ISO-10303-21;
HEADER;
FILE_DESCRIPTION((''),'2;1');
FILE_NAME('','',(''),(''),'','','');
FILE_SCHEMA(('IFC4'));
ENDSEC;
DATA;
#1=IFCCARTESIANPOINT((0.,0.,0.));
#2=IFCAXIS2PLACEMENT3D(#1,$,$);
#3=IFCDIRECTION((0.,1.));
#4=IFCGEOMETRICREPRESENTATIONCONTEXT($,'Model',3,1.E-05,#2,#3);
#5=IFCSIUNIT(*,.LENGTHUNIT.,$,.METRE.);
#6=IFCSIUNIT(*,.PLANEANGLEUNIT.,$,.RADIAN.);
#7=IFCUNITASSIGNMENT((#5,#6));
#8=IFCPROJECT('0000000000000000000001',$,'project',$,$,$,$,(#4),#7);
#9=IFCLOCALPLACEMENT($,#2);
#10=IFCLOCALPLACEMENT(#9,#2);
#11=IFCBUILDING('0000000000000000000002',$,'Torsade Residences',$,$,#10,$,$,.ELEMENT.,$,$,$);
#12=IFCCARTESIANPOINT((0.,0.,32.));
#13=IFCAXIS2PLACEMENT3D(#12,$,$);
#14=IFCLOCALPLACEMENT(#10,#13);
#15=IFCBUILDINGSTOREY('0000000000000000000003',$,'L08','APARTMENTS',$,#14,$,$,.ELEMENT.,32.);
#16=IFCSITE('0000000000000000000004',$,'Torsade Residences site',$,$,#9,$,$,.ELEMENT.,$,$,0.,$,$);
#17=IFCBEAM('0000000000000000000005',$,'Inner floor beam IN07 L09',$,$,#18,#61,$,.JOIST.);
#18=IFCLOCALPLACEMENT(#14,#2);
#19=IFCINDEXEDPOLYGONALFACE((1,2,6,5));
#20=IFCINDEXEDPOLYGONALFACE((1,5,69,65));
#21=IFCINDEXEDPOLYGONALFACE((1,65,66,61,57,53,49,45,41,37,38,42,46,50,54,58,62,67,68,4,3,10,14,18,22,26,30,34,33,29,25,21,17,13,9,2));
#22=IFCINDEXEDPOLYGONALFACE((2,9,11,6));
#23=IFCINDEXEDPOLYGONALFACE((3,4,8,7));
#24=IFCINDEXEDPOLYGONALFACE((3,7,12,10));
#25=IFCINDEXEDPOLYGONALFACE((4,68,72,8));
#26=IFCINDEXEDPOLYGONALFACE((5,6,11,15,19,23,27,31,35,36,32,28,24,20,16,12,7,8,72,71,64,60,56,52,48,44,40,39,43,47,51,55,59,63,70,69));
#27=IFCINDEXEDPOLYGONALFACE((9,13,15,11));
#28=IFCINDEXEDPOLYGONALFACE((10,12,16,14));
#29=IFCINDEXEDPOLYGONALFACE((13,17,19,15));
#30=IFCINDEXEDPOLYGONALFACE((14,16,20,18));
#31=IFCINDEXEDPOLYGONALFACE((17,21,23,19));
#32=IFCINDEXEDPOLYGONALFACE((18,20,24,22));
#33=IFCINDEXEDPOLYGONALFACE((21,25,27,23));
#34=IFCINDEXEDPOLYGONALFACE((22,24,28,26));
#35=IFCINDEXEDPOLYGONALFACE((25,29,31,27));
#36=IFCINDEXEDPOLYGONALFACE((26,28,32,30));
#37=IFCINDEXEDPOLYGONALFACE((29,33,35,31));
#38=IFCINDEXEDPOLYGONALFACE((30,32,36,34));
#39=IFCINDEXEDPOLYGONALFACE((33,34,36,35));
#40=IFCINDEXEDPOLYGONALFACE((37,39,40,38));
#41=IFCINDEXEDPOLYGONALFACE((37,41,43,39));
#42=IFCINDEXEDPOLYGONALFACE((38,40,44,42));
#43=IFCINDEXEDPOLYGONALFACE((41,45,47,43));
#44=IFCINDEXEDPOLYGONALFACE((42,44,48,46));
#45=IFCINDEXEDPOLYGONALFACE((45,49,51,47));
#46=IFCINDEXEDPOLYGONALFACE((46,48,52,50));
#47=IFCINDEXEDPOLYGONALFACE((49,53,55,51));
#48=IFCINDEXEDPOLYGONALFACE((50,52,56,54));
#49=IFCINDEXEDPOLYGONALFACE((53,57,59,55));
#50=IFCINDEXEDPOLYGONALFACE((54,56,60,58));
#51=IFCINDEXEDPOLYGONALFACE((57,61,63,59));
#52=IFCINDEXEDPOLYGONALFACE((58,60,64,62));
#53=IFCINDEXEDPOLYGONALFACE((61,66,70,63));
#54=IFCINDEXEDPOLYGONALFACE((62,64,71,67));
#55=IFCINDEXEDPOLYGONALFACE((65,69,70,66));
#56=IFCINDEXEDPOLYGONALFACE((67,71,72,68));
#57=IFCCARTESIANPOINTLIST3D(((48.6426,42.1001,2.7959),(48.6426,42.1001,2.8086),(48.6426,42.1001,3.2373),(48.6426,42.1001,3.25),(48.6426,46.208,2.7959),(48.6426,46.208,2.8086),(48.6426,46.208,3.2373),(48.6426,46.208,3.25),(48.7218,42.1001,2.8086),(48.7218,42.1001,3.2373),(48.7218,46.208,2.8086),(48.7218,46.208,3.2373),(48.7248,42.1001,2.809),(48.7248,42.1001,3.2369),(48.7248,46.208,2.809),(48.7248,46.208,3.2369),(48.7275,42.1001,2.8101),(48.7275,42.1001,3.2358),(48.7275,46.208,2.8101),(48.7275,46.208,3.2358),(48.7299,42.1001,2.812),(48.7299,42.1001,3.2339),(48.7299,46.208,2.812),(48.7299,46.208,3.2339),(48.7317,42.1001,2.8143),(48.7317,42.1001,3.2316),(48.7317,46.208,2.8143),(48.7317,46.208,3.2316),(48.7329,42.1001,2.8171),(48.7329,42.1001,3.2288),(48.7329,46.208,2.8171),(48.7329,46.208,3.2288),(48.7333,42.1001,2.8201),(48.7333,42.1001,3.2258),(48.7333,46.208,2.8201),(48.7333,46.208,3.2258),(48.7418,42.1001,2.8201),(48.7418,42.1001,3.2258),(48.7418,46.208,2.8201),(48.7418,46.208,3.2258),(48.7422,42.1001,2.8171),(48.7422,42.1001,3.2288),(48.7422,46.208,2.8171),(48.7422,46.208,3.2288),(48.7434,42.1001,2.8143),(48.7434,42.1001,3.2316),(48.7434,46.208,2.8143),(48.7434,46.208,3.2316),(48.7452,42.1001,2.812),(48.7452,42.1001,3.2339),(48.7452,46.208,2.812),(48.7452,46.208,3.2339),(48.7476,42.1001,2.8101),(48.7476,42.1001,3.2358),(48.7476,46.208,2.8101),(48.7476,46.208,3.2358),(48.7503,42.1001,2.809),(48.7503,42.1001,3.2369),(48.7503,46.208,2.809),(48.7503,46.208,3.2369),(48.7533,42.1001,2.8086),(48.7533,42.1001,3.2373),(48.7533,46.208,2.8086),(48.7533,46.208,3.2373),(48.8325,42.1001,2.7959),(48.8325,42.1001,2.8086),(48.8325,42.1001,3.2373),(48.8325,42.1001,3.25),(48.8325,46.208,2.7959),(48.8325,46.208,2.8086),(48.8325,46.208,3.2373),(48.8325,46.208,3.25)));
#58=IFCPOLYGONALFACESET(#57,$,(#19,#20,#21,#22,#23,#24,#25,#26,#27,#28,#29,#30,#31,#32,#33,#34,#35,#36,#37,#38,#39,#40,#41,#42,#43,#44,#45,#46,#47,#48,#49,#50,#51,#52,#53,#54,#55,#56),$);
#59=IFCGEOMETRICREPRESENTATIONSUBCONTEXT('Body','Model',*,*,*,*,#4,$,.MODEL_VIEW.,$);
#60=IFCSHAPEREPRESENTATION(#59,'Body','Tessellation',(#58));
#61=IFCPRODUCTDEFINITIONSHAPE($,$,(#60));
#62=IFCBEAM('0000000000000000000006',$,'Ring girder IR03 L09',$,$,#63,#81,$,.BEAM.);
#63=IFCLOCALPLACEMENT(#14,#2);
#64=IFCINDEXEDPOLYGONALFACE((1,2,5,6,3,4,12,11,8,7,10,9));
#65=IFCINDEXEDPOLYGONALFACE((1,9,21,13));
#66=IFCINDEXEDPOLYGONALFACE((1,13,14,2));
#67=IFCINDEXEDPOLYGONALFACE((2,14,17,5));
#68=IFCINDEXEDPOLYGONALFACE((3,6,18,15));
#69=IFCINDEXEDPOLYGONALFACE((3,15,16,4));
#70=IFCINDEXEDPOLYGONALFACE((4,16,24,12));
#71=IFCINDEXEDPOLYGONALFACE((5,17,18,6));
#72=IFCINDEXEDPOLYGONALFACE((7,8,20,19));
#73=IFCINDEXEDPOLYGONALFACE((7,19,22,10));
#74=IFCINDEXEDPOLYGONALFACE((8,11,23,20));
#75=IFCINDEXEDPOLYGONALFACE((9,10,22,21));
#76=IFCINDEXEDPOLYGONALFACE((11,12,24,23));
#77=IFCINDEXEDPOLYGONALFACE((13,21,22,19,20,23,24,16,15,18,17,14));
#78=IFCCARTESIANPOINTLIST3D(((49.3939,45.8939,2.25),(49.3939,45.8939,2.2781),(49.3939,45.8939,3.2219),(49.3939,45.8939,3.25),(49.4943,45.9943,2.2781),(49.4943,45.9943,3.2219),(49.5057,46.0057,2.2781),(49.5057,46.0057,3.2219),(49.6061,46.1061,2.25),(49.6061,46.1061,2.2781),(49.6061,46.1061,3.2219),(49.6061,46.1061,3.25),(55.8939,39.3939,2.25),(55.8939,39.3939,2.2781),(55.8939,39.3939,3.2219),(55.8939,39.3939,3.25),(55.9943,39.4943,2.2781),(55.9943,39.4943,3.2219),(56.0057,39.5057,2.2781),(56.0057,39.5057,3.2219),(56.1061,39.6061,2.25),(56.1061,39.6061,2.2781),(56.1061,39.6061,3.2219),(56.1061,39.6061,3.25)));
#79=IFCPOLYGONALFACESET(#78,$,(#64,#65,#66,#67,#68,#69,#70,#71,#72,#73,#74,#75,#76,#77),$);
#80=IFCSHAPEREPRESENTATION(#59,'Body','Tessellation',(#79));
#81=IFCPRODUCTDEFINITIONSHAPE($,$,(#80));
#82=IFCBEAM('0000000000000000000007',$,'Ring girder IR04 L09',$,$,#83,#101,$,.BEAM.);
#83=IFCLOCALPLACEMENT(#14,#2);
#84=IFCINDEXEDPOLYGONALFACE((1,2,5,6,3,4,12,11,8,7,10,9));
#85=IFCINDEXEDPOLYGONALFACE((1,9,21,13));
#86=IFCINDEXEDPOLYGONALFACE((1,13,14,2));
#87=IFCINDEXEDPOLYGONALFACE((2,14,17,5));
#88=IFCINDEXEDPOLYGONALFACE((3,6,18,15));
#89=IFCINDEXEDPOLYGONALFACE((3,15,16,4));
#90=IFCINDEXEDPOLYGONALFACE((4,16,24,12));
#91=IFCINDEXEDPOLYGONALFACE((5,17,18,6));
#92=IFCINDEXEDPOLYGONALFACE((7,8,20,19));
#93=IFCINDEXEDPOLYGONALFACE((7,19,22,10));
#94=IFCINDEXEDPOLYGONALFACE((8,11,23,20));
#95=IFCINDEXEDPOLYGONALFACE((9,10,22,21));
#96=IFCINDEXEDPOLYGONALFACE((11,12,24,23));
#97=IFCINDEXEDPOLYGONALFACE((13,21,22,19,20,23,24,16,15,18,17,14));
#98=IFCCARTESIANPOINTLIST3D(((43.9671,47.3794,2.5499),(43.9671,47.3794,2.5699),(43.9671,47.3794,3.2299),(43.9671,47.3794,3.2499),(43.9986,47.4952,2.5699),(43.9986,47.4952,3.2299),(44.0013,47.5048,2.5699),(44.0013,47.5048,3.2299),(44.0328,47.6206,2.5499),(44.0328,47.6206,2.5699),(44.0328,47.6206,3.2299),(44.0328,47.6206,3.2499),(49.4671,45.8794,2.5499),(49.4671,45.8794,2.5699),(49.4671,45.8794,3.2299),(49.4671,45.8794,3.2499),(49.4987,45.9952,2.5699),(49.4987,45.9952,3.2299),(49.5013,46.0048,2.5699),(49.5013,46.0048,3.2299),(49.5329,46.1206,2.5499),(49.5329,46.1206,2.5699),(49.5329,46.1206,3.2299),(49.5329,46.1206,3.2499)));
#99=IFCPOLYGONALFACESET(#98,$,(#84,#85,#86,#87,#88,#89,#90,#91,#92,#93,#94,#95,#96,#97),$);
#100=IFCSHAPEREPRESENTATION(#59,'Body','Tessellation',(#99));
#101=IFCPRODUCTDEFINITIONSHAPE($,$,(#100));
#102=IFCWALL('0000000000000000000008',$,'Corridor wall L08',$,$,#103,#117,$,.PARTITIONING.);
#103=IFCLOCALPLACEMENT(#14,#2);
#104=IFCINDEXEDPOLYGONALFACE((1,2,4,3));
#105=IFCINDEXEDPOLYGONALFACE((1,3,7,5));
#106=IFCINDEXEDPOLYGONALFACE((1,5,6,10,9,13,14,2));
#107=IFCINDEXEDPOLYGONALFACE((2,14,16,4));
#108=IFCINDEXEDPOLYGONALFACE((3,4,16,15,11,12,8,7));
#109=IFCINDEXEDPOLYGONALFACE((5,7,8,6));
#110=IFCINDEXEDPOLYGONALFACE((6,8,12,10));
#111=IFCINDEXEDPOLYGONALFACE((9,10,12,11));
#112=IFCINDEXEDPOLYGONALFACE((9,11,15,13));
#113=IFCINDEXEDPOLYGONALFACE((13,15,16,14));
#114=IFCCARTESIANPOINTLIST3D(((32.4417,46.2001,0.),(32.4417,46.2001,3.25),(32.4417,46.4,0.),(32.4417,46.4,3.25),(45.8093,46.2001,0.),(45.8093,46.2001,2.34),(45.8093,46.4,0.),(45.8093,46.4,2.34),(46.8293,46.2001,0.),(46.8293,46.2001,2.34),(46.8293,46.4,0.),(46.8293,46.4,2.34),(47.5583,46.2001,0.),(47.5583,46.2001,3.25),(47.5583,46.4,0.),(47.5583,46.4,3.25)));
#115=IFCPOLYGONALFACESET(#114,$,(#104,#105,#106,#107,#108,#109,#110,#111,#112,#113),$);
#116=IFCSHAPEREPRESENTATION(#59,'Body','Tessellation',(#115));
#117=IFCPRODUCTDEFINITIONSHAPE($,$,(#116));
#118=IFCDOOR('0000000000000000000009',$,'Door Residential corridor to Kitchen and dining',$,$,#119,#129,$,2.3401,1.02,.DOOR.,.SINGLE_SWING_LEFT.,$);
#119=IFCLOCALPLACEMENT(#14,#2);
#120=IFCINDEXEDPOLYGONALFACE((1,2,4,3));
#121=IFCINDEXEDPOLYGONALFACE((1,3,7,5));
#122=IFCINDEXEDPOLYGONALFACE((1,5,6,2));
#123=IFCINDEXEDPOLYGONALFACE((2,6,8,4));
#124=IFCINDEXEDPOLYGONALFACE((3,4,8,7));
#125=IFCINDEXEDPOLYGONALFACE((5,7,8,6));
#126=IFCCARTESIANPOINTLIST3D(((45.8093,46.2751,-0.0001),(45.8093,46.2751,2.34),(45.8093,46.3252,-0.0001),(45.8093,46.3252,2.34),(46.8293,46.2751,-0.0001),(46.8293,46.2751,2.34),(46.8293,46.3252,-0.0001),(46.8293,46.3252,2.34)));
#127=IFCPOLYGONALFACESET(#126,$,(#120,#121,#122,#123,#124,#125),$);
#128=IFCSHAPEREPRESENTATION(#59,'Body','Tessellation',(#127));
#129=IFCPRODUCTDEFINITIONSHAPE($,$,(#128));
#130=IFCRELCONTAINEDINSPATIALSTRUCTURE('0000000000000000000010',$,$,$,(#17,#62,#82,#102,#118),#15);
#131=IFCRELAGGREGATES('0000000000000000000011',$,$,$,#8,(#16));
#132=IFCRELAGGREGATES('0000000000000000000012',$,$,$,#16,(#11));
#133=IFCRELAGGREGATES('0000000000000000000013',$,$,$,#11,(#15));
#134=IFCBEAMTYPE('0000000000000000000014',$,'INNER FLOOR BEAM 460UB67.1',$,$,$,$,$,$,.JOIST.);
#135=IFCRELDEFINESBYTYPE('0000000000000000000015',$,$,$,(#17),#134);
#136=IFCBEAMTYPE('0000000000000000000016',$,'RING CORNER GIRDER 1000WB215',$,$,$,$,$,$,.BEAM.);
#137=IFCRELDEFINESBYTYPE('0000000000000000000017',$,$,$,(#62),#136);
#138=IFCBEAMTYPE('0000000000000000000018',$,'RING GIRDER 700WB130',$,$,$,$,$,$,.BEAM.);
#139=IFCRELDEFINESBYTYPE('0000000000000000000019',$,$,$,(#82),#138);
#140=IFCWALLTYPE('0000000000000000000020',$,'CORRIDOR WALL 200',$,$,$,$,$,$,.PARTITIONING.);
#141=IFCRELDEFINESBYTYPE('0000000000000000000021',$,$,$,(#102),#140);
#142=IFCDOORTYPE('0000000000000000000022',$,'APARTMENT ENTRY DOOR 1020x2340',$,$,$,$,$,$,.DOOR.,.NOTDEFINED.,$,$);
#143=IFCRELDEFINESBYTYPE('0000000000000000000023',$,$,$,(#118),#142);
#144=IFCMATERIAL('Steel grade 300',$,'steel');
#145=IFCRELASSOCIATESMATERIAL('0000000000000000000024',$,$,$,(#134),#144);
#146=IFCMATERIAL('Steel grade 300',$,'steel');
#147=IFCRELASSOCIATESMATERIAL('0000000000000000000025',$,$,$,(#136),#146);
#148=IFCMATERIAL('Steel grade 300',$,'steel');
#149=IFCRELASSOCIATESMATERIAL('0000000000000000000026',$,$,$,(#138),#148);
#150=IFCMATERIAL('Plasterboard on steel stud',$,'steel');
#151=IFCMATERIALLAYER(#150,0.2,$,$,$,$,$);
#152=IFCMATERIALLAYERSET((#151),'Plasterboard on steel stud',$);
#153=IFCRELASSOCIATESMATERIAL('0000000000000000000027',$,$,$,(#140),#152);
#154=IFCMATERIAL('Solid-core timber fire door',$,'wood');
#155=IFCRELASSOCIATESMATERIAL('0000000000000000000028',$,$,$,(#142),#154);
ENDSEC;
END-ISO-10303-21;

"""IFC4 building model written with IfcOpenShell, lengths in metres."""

from ifc_helpers import new_model, si_unit, direction, frame, frame_2d, origin, origin_2d, place, context, subcontext, project, spatial, rectangle, i_section, extrude, material, layer, layer_set, material_profile, profile_set, type_object, element, fill, save


model = new_model("IFC4")

# Units and contexts
model_context = context("Model", 3, precision=1e-05, world=origin(), true_north=direction((0.0, 1.0)))
body_context = subcontext(model_context, "Body", "Model", "MODEL_VIEW")
ifc_project = project(units=[si_unit("LENGTHUNIT", "METRE"), si_unit("PLANEANGLEUNIT", "RADIAN")], contexts=[model_context])

# Site, building, storey
site_placement = place(None, origin())
site = spatial("IfcSite", under=ifc_project, at=site_placement, Name="Torsade Residences site", CompositionType="ELEMENT", RefElevation=0.0)
building_placement = place(site_placement, origin())
building = spatial("IfcBuilding", under=site, at=building_placement, Name="Torsade Residences", CompositionType="ELEMENT")
storey_placement = place(building_placement, frame((0.0, 0.0, 32.0)))
storey = spatial("IfcBuildingStorey", under=building, at=storey_placement, Name="L08", Description="APARTMENTS", CompositionType="ELEMENT", Elevation=32.0)

# Beams
ifc_material_1 = material(Name="Steel grade 300", Category="steel")
ifc_material_profile_1 = material_profile(ifc_material_1, i_section(OverallWidth=0.1899, OverallDepth=0.4541, WebThickness=0.0085, FlangeThickness=0.0127, FilletRadius=0.0115, at=origin_2d()), Name="460UB67.1")
ifc_profile_set_1 = profile_set([ifc_material_profile_1], Name="Steel grade 300")
beam_type_1 = type_object("IfcBeamType", Name="INNER FLOOR BEAM 460UB67.1", PredefinedType="JOIST", material=ifc_profile_set_1)
beam_1_placement = place(storey_placement, frame((48.7375, 42.1001, 3.0229), z_axis=(0.0, 1.0, 0.0), x_axis=(-1.0, 0.0, 0.0)))
element("IfcBeam", 1, at=beam_1_placement, inside=storey, type_object=beam_type_1, Name="Inner floor beam IN07 L09", PredefinedType="JOIST", context=body_context, shape_type="SweptSolid", body=[
    extrude(i_section(OverallWidth=0.1899, OverallDepth=0.4541, WebThickness=0.0085, FlangeThickness=0.0127, FilletRadius=0.0115, at=origin_2d()), origin(), (0.0, 0.0, 1.0), 4.1079),
])
ifc_material_2 = material(Name="Steel grade 300", Category="steel")
ifc_material_profile_2 = material_profile(ifc_material_2, i_section(OverallWidth=0.3, OverallDepth=1.0, WebThickness=0.0161, FlangeThickness=0.0281, at=origin_2d()), Name="1000WB215")
ifc_profile_set_2 = profile_set([ifc_material_profile_2], Name="Steel grade 300")
beam_type_2 = type_object("IfcBeamType", Name="RING CORNER GIRDER 1000WB215", PredefinedType="BEAM", material=ifc_profile_set_2)
beam_2_placement = place(storey_placement, frame((56.0, 39.5, 2.75), z_axis=(-0.707107, 0.707107, 0.0), x_axis=(-0.707107, -0.707107, 0.0)))
element("IfcBeam", 2, at=beam_2_placement, inside=storey, type_object=beam_type_2, Name="Ring girder IR03 L09", PredefinedType="BEAM", context=body_context, shape_type="SweptSolid", body=[
    extrude(i_section(OverallWidth=0.3, OverallDepth=1.0, WebThickness=0.0161, FlangeThickness=0.0281, at=origin_2d()), origin(), (0.0, 0.0, 1.0), 9.1924),
])
ifc_material_3 = material(Name="Steel grade 300", Category="steel")
ifc_material_profile_3 = material_profile(ifc_material_3, i_section(OverallWidth=0.25, OverallDepth=0.7, WebThickness=0.01, FlangeThickness=0.02, at=origin_2d()), Name="700WB130")
ifc_profile_set_3 = profile_set([ifc_material_profile_3], Name="Steel grade 300")
beam_type_3 = type_object("IfcBeamType", Name="RING GIRDER 700WB130", PredefinedType="BEAM", material=ifc_profile_set_3)
beam_3_placement = place(storey_placement, frame((49.5, 46.0, 2.8999), z_axis=(-0.964764, 0.263117, 0.0), x_axis=(-0.263117, -0.964764, 0.0)))
element("IfcBeam", 3, at=beam_3_placement, inside=storey, type_object=beam_type_3, Name="Ring girder IR04 L09", PredefinedType="BEAM", context=body_context, shape_type="SweptSolid", body=[
    extrude(i_section(OverallWidth=0.25, OverallDepth=0.7, WebThickness=0.01, FlangeThickness=0.02, at=origin_2d()), origin(), (0.0, 0.0, 1.0), 5.7009),
])

# Wall, opening, door
ifc_material_4 = material(Name="Plasterboard on steel stud", Category="steel")
ifc_layer_1 = layer(ifc_material_4, 0.2)
ifc_layer_set_1 = layer_set([ifc_layer_1], Name="Plasterboard on steel stud")
wall_type_1 = type_object("IfcWallType", Name="CORRIDOR WALL 200", PredefinedType="PARTITIONING", material=ifc_layer_set_1)
wall_1_placement = place(storey_placement, frame((47.5583, 46.3, 0.0), z_axis=(0.0, 0.0, 1.0), x_axis=(-1.0, 0.0, 0.0)))
wall_1 = element("IfcWall", 4, at=wall_1_placement, inside=storey, type_object=wall_type_1, Name="Corridor wall L08", PredefinedType="PARTITIONING", context=body_context, shape_type="SweptSolid", body=[
    extrude(rectangle(XDim=15.1167, YDim=0.2, at=frame_2d((7.5583, 0.0))), origin(), (0.0, 0.0, 1.0), 3.25),
])
opening_1_placement = place(wall_1_placement, frame((0.729, 0.0, 0.0)))
opening_1 = element("IfcOpeningElement", 5, at=opening_1_placement, cuts=wall_1, PredefinedType="OPENING", context=body_context, shape_type="SweptSolid", body=[
    extrude(rectangle(XDim=1.02, YDim=2.3401, at=frame_2d((0.51, 1.1699))), frame((0.0, 0.1099, 0.0), z_axis=(0.0, -1.0, 0.0), x_axis=(1.0, 0.0, 0.0)), (0.0, 0.0, 1.0), 0.22),
])
ifc_material_5 = material(Name="Solid-core timber fire door", Category="wood")
door_type_1 = type_object("IfcDoorType", Name="APARTMENT ENTRY DOOR 1020x2340", OperationType="NOTDEFINED", PredefinedType="DOOR", material=ifc_material_5)
door_1_placement = place(opening_1_placement, origin())
door_1 = element("IfcDoor", 6, at=door_1_placement, inside=storey, type_object=door_type_1, Name="Door Residential corridor to Kitchen and dining", OperationType="SINGLE_SWING_LEFT", OverallHeight=2.3401, OverallWidth=1.02, PredefinedType="DOOR", context=body_context, shape_type="SweptSolid", body=[
    extrude(rectangle(XDim=1.02, YDim=2.3401, at=frame_2d((0.51, 1.1699))), frame((0.0, 0.0249, 0.0), z_axis=(0.0, -1.0, 0.0), x_axis=(1.0, 0.0, 0.0)), (0.0, 0.0, 1.0), 0.05),
])
fill(opening_1, door_1)

save(model, "model.ifc")
